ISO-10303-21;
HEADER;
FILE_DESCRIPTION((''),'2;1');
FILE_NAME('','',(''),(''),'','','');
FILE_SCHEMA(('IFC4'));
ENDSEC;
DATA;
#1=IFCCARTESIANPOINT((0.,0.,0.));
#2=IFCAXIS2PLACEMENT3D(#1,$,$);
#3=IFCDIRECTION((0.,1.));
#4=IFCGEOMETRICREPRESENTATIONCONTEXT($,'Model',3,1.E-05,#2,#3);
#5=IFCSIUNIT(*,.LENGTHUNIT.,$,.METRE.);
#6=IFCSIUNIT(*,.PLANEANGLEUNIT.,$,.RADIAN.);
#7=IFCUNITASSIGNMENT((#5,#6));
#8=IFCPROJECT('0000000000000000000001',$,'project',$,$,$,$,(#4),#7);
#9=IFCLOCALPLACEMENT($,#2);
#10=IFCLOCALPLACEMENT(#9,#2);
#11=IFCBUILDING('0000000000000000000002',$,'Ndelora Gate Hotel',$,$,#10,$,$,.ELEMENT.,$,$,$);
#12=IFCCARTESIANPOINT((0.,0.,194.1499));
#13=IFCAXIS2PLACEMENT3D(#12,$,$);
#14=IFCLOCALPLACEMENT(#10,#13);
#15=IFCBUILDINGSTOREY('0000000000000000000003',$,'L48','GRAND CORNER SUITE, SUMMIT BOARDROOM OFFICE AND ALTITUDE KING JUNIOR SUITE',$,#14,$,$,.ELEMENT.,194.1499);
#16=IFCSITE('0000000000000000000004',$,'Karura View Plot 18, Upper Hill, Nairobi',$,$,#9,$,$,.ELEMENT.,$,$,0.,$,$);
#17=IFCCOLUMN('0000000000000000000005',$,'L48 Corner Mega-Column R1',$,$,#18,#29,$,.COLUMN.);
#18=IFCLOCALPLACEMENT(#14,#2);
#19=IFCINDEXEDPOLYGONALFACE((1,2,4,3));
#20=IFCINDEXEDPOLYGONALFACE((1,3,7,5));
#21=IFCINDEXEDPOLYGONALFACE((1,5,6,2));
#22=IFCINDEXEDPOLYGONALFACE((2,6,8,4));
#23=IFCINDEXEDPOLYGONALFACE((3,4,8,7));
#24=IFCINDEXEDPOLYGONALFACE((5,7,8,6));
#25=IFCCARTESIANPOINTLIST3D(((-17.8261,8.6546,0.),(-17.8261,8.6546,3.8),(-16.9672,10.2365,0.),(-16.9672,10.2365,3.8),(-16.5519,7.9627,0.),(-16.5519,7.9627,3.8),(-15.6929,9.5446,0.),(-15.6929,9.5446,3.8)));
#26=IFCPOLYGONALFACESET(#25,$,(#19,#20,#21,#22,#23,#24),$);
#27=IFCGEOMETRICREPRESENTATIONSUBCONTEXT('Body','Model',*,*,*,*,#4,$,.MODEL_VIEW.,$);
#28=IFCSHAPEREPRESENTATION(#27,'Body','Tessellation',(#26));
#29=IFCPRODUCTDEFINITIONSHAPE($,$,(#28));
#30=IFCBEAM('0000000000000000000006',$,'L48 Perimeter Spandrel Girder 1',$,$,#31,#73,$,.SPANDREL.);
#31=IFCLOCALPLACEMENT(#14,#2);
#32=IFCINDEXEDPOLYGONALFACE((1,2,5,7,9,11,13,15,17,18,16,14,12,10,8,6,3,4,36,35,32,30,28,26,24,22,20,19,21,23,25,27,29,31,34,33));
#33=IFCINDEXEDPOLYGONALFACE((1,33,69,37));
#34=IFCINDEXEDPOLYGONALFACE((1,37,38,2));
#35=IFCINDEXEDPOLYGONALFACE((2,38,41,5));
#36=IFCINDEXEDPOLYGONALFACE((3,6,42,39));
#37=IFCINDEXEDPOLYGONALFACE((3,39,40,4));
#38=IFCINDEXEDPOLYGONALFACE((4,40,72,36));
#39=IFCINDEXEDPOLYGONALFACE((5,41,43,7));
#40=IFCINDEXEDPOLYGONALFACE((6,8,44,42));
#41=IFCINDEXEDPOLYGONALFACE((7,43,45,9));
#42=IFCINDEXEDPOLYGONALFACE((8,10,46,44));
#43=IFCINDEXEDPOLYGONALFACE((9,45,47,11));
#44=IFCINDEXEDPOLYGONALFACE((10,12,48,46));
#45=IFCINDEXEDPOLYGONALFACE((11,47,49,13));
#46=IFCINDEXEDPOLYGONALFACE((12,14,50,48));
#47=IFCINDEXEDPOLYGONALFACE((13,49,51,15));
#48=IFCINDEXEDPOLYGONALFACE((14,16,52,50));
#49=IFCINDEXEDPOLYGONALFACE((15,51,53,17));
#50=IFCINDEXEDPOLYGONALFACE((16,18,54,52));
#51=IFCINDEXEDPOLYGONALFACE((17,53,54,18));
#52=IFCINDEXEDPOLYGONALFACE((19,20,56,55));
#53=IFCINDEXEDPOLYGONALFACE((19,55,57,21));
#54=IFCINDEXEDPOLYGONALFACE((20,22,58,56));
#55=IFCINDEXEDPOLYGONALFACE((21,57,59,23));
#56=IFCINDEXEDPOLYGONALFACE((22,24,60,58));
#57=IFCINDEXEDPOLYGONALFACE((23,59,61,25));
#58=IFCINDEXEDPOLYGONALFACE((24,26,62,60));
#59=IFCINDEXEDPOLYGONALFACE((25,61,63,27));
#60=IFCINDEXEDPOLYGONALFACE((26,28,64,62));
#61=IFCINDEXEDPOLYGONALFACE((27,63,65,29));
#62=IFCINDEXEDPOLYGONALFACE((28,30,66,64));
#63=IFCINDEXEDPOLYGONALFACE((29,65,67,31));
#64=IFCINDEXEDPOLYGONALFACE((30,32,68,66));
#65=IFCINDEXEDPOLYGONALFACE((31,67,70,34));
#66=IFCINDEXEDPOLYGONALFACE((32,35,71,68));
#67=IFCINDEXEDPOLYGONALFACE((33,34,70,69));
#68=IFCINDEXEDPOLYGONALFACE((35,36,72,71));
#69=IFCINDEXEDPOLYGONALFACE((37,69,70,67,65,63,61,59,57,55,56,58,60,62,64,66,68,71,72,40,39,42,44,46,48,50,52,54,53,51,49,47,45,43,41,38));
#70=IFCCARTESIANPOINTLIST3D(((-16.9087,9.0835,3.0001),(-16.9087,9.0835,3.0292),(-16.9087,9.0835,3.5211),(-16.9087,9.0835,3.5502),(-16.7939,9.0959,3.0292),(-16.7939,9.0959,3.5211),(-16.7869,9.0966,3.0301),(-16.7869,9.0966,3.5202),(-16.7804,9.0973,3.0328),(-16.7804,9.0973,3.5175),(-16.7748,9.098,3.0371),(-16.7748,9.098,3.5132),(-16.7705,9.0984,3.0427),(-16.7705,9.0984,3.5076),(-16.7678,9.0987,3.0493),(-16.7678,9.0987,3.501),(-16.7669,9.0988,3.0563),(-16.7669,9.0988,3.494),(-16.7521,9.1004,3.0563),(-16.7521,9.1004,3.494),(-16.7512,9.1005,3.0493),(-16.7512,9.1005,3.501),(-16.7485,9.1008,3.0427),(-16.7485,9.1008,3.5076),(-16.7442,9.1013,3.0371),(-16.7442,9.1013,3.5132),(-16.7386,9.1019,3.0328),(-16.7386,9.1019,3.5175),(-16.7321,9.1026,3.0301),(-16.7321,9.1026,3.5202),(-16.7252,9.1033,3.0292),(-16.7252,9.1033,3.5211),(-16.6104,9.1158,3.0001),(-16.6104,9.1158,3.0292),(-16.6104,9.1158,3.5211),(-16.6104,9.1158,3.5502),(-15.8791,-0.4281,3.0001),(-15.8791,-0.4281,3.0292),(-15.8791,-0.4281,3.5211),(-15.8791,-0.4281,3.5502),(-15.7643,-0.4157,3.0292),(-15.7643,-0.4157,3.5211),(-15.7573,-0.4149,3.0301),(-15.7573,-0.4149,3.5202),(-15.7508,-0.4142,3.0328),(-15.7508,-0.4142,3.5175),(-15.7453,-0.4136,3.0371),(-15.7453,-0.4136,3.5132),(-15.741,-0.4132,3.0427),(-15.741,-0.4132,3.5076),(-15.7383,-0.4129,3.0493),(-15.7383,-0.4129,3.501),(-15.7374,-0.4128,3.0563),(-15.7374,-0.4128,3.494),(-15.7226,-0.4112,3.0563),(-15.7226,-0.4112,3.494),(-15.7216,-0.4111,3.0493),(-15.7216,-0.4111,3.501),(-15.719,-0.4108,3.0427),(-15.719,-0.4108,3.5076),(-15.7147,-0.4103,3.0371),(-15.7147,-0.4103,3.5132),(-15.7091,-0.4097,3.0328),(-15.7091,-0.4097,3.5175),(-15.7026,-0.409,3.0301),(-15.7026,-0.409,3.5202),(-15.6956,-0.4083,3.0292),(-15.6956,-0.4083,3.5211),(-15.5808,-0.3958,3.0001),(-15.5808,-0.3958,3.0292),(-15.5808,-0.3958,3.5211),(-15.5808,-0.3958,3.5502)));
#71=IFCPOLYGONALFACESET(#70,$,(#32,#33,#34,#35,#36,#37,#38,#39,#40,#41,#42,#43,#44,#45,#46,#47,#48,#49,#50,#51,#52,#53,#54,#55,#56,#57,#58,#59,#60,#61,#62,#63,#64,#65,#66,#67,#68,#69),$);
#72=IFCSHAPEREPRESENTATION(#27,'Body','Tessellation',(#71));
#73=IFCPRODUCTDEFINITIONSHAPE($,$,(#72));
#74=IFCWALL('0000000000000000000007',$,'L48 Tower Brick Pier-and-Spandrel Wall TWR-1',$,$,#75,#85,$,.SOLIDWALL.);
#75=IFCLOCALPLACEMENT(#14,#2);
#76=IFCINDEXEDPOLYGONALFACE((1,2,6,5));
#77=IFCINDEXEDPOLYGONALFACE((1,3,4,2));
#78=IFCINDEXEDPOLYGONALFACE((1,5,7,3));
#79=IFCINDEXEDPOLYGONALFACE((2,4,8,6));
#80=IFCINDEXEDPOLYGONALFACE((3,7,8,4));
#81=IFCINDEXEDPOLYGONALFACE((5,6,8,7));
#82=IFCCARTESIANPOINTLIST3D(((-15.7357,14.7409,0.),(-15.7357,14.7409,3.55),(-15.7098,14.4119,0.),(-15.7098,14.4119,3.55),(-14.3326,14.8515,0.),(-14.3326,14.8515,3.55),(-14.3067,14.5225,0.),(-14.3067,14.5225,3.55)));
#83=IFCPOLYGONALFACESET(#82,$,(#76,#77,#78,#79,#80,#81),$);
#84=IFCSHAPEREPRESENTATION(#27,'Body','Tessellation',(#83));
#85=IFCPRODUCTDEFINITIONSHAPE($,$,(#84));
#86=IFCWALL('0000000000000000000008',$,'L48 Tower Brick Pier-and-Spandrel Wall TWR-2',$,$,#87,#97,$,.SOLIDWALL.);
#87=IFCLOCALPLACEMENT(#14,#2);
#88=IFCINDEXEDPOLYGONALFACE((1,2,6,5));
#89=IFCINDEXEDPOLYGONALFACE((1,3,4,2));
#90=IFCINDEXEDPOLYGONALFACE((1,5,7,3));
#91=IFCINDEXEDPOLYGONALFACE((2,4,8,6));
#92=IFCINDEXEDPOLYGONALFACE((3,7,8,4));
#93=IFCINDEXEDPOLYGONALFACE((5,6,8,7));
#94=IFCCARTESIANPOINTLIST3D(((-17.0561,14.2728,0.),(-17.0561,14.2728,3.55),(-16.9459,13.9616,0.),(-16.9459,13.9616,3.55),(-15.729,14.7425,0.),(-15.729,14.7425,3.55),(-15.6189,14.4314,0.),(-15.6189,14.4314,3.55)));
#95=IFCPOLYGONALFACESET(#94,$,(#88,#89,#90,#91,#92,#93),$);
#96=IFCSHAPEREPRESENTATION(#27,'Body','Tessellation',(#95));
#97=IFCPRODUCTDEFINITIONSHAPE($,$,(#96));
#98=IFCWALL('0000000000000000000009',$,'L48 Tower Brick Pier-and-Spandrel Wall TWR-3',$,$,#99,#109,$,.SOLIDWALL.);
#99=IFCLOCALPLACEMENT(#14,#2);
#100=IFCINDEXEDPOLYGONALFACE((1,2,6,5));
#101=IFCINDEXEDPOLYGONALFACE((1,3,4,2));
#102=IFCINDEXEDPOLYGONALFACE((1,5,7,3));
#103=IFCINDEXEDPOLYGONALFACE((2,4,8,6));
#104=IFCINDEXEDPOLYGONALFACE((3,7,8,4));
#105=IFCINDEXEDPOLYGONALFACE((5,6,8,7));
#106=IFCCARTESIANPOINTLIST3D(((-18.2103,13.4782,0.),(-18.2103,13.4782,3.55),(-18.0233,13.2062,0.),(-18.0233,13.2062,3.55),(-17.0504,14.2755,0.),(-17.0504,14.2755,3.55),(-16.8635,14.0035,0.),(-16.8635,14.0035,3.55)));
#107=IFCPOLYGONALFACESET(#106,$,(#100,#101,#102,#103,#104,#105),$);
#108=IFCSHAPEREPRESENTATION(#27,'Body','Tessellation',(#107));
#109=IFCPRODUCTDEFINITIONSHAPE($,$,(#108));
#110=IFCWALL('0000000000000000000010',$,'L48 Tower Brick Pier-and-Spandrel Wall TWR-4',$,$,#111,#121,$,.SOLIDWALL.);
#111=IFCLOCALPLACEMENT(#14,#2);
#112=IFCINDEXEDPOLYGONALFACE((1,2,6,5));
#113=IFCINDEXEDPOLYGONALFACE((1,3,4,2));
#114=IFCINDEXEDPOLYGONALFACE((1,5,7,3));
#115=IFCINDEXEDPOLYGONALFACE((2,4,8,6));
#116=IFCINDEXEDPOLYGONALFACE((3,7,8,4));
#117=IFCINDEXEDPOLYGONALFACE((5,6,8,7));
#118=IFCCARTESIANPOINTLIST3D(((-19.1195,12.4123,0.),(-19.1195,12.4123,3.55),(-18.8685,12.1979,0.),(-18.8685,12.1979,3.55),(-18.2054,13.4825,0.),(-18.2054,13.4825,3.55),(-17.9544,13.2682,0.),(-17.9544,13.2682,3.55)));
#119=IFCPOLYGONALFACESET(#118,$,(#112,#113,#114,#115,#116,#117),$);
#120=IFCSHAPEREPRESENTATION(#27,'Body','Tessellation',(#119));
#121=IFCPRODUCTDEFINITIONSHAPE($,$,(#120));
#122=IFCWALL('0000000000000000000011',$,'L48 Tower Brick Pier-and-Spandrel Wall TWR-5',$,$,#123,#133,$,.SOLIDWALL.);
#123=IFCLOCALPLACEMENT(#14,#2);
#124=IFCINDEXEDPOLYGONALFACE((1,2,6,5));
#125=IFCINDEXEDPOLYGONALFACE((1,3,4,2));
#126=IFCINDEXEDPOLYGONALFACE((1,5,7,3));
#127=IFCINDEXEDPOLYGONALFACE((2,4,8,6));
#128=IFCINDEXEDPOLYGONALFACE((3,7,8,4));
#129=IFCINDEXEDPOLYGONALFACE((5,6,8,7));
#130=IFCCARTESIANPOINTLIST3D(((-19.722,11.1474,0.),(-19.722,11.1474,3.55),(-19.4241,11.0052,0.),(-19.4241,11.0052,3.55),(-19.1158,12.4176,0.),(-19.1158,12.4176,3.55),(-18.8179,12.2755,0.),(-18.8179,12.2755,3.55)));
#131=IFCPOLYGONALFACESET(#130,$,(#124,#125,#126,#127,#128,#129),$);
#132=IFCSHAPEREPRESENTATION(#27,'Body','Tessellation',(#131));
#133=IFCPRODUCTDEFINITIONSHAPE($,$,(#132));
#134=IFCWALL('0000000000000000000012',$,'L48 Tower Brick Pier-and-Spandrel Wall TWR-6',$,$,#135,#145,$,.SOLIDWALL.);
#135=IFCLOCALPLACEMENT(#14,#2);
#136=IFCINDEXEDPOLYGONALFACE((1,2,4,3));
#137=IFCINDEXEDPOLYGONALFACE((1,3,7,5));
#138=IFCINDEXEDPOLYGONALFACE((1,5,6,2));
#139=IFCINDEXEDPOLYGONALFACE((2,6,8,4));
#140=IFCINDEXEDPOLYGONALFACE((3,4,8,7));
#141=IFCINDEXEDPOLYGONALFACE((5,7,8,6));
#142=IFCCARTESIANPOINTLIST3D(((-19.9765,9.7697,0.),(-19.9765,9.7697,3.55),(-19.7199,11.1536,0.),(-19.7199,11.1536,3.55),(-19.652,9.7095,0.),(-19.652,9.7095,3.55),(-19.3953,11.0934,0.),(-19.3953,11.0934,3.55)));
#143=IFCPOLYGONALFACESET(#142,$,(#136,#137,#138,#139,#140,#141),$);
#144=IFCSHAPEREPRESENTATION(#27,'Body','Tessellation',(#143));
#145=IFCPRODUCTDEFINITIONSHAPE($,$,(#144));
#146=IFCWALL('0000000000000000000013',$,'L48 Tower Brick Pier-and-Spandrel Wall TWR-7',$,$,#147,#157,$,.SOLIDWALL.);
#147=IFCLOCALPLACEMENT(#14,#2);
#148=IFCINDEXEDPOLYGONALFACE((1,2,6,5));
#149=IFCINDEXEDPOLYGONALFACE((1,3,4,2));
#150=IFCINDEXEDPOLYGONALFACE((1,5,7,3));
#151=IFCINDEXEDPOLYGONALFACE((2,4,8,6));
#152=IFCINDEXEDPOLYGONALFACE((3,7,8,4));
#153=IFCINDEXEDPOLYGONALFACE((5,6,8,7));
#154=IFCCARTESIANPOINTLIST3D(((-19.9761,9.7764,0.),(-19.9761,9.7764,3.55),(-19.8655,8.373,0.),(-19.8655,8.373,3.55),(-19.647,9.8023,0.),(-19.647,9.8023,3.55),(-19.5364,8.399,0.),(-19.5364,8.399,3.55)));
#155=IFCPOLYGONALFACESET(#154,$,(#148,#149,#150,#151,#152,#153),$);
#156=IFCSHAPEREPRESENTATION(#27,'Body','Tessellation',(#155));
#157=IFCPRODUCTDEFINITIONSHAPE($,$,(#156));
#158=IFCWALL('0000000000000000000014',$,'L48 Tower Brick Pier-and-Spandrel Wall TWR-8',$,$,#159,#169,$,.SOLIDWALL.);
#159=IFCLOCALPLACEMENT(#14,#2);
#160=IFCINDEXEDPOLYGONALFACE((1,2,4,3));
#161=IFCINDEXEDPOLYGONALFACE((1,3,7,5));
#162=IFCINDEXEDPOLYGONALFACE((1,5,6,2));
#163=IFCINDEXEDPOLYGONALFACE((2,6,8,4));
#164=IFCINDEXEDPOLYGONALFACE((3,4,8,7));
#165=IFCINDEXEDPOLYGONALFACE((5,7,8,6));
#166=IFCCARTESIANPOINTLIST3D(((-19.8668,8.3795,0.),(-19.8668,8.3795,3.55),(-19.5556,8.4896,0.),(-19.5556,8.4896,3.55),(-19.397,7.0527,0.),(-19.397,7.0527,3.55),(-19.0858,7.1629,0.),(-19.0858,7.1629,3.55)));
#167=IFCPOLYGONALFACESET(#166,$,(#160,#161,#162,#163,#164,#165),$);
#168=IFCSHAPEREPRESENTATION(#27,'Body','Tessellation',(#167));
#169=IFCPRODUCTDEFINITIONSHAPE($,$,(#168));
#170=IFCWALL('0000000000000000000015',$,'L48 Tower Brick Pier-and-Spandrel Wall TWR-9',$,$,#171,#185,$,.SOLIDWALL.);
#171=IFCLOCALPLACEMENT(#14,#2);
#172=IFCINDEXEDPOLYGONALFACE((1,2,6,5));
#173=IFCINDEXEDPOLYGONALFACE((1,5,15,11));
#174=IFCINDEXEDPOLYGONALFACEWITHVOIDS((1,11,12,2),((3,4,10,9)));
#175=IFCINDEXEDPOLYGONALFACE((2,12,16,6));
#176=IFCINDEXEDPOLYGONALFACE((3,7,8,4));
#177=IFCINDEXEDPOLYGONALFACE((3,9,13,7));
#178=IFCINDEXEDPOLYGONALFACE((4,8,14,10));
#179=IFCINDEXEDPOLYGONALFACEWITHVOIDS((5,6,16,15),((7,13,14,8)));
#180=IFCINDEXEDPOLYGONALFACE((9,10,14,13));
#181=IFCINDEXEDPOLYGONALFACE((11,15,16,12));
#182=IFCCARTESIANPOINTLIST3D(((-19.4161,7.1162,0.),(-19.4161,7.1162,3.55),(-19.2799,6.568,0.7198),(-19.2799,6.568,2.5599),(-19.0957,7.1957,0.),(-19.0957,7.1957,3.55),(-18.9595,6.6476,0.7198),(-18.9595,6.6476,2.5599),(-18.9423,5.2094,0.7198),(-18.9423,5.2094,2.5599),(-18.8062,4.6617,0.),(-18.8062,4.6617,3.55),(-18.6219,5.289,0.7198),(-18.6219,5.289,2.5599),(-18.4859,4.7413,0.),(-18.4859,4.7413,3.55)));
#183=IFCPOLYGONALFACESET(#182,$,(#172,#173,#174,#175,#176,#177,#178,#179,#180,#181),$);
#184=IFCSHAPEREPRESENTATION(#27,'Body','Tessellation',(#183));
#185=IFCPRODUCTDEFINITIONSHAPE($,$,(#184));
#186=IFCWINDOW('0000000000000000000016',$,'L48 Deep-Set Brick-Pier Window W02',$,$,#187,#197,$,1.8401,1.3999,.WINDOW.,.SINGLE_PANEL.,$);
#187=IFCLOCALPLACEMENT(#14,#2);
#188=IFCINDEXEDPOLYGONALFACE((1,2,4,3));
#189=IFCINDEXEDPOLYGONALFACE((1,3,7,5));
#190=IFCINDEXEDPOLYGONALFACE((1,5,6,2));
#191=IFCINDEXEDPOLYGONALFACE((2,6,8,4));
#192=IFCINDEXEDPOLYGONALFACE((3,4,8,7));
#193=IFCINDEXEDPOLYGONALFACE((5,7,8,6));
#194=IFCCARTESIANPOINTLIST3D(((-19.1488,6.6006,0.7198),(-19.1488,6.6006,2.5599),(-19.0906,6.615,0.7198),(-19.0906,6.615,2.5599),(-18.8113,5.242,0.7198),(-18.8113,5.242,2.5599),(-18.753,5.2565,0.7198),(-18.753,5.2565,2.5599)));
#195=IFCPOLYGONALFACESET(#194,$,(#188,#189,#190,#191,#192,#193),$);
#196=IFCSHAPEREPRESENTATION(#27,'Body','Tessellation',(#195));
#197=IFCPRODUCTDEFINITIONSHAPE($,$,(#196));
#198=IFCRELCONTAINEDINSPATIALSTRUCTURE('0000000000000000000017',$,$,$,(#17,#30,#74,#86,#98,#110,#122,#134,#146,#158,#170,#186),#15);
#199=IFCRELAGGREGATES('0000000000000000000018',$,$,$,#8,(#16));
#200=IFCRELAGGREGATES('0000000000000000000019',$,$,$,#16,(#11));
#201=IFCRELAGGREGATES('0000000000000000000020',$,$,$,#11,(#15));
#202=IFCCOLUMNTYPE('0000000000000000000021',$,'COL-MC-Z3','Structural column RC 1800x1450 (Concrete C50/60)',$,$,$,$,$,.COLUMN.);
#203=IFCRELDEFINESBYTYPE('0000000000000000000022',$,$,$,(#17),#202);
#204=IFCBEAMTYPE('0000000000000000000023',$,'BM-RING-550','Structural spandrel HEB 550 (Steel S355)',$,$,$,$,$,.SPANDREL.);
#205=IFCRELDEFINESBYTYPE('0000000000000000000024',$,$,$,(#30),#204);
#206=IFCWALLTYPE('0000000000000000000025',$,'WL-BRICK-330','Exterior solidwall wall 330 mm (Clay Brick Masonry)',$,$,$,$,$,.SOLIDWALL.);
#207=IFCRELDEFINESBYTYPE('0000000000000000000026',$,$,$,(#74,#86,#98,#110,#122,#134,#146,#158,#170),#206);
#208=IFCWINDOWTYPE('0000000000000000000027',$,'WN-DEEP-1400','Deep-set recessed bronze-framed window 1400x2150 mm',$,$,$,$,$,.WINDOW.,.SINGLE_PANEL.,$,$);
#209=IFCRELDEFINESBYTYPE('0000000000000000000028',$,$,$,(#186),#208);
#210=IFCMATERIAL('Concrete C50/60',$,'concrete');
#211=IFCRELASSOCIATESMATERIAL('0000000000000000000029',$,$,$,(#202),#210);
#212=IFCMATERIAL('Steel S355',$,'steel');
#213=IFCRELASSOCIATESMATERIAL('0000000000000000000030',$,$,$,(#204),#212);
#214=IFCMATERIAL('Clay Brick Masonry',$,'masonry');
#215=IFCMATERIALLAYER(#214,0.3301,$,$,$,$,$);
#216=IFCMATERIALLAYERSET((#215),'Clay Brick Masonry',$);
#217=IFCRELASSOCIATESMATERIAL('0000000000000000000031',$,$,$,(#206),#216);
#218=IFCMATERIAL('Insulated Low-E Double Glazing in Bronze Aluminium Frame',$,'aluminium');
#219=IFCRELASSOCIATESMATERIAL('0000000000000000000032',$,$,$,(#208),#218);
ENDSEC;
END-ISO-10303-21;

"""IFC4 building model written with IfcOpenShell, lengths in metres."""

from ifc_helpers import new_model, si_unit, direction, frame, frame_2d, origin, origin_2d, place, context, subcontext, project, spatial, rectangle, i_section, extrude, material, layer, layer_set, material_profile, profile_set, type_object, element, fill, save


model = new_model("IFC4")

# Units and contexts
model_context = context("Model", 3, precision=1e-05, world=origin(), true_north=direction((0.0, 1.0)))
body_context = subcontext(model_context, "Body", "Model", "MODEL_VIEW")
ifc_project = project(units=[si_unit("LENGTHUNIT", "METRE"), si_unit("PLANEANGLEUNIT", "RADIAN")], contexts=[model_context])

# Site, building, storey
site_placement = place(None, origin())
site = spatial("IfcSite", under=ifc_project, at=site_placement, Name="Karura View Plot 18, Upper Hill, Nairobi", CompositionType="ELEMENT", RefElevation=0.0)
building_placement = place(site_placement, origin())
building = spatial("IfcBuilding", under=site, at=building_placement, Name="Ndelora Gate Hotel", CompositionType="ELEMENT")
storey_placement = place(building_placement, frame((0.0, 0.0, 194.1499)))
storey = spatial("IfcBuildingStorey", under=building, at=storey_placement, Name="L48", Description="GRAND CORNER SUITE, SUMMIT BOARDROOM OFFICE AND ALTITUDE KING JUNIOR SUITE", CompositionType="ELEMENT", Elevation=194.1499)

# Column
ifc_material_1 = material(Name="Concrete C50/60", Category="concrete")
ifc_material_profile_1 = material_profile(ifc_material_1, rectangle(XDim=1.45, YDim=1.8, at=origin_2d()), Name="RC 1800x1450")
ifc_profile_set_1 = profile_set([ifc_material_profile_1], Name="Concrete C50/60")
column_type = type_object("IfcColumnType", Name="COL-MC-Z3", Description="Structural column RC 1800x1450 (Concrete C50/60)", PredefinedType="COLUMN", material=ifc_profile_set_1)
column_placement = place(storey_placement, frame((-16.7595, 9.0996, 0.0), z_axis=(0.0, 0.0, 1.0), x_axis=(-0.878817, 0.477159, 0.0)))
element("IfcColumn", 1, at=column_placement, inside=storey, type_object=column_type, Name="L48 Corner Mega-Column R1", PredefinedType="COLUMN", context=body_context, shape_type="SweptSolid", body=[
    extrude(rectangle(XDim=1.45, YDim=1.8, at=origin_2d()), origin(), (0.0, 0.0, 1.0), 3.8),
])

# Beam
ifc_material_2 = material(Name="Steel S355", Category="steel")
ifc_material_profile_2 = material_profile(ifc_material_2, i_section(OverallWidth=0.3, OverallDepth=0.55, WebThickness=0.0149, FlangeThickness=0.0291, FilletRadius=0.0271, at=origin_2d()), Name="HEB 550")
ifc_profile_set_2 = profile_set([ifc_material_profile_2], Name="Steel S355")
beam_type = type_object("IfcBeamType", Name="BM-RING-550", Description="Structural spandrel HEB 550 (Steel S355)", PredefinedType="SPANDREL", material=ifc_profile_set_2)
beam_placement = place(storey_placement, frame((-16.7595, 9.0996, 3.2751), z_axis=(0.107613, -0.994193, 0.0), x_axis=(0.994193, 0.107613, 0.0)))
element("IfcBeam", 2, at=beam_placement, inside=storey, type_object=beam_type, Name="L48 Perimeter Spandrel Girder 1", PredefinedType="SPANDREL", context=body_context, shape_type="SweptSolid", body=[
    extrude(i_section(OverallWidth=0.3, OverallDepth=0.55, WebThickness=0.0149, FlangeThickness=0.0291, FilletRadius=0.0271, at=origin_2d()), origin(), (0.0, 0.0, 1.0), 9.5671),
])

# Walls
ifc_material_3 = material(Name="Clay Brick Masonry", Category="masonry")
ifc_layer_1 = layer(ifc_material_3, 0.3301)
ifc_layer_set_1 = layer_set([ifc_layer_1], Name="Clay Brick Masonry")
wall_type = type_object("IfcWallType", Name="WL-BRICK-330", Description="Exterior solidwall wall 330 mm (Clay Brick Masonry)", PredefinedType="SOLIDWALL", material=ifc_layer_set_1)
wall_1_placement = place(storey_placement, frame((-15.7227, 14.5764, 0.0), z_axis=(0.0, 0.0, 1.0), x_axis=(0.996908, 0.07858, 0.0)))
element("IfcWall", 3, at=wall_1_placement, inside=storey, type_object=wall_type, Name="L48 Tower Brick Pier-and-Spandrel Wall TWR-1", PredefinedType="SOLIDWALL", context=body_context, shape_type="SweptSolid", body=[
    extrude(rectangle(XDim=1.4075, YDim=0.3301, at=frame_2d((0.7036, 0.0))), origin(), (0.0, 0.0, 1.0), 3.55),
])
wall_2_placement = place(storey_placement, frame((-17.001, 14.1172, 0.0), z_axis=(0.0, 0.0, 1.0), x_axis=(0.942676, 0.333709, 0.0)))
element("IfcWall", 4, at=wall_2_placement, inside=storey, type_object=wall_type, Name="L48 Tower Brick Pier-and-Spandrel Wall TWR-2", PredefinedType="SOLIDWALL", context=body_context, shape_type="SweptSolid", body=[
    extrude(rectangle(XDim=1.4077, YDim=0.3301, at=frame_2d((0.7039, 0.0))), origin(), (0.0, 0.0, 1.0), 3.55),
])
for number, where, z_axis, x_axis, name in (
    (5, (-18.1167, 13.3423, 0.0), (0.0, 0.0, 1.0), (0.824067, 0.566492, 0.0), "L48 Tower Brick Pier-and-Spandrel Wall TWR-3"),
    (6, (-18.9939, 12.3052, 0.0), (0.0, 0.0, 1.0), (0.649419, 0.760431, 0.0), "L48 Tower Brick Pier-and-Spandrel Wall TWR-4"),
    (7, (-19.573, 11.0764, 0.0), (0.0, 0.0, 1.0), (0.430694, 0.902498, 0.0), "L48 Tower Brick Pier-and-Spandrel Wall TWR-5"),
    (8, (-19.8142, 9.7397, 0.0), (0.0, 0.0, 1.0), (0.182319, 0.983239, 0.0), "L48 Tower Brick Pier-and-Spandrel Wall TWR-6"),
):
    element("IfcWall", number, at=place(storey_placement, frame(where, z_axis=z_axis, x_axis=x_axis)), inside=storey, type_object=wall_type, Name=name, PredefinedType="SOLIDWALL", context=body_context, shape_type="SweptSolid", body=[
        extrude(rectangle(XDim=1.4075, YDim=0.3301, at=frame_2d((0.7036, 0.0))), origin(), (0.0, 0.0, 1.0), 3.55),
    ])
wall_3_placement = place(storey_placement, frame((-19.7009, 8.386, 0.0), z_axis=(0.0, 0.0, 1.0), x_axis=(-0.078566, 0.996909, 0.0)))
element("IfcWall", 9, at=wall_3_placement, inside=storey, type_object=wall_type, Name="L48 Tower Brick Pier-and-Spandrel Wall TWR-7", PredefinedType="SOLIDWALL", context=body_context, shape_type="SweptSolid", body=[
    extrude(rectangle(XDim=1.4077, YDim=0.3301, at=frame_2d((0.7039, 0.0))), origin(), (0.0, 0.0, 1.0), 3.55),
])
wall_4_placement = place(storey_placement, frame((-19.2415, 7.1079, 0.0), z_axis=(0.0, 0.0, 1.0), x_axis=(-0.333764, 0.942657, 0.0)))
element("IfcWall", 10, at=wall_4_placement, inside=storey, type_object=wall_type, Name="L48 Tower Brick Pier-and-Spandrel Wall TWR-8", PredefinedType="SOLIDWALL", context=body_context, shape_type="SweptSolid", body=[
    extrude(rectangle(XDim=1.4075, YDim=0.3301, at=frame_2d((0.7036, 0.0))), origin(), (0.0, 0.0, 1.0), 3.55),
])

# Wall, opening, window
wall_5_placement = place(storey_placement, frame((-18.646, 4.7014, 0.0), z_axis=(0.0, 0.0, 1.0), x_axis=(-0.24115, 0.970488, 0.0)))
wall_5 = element("IfcWall", 11, at=wall_5_placement, inside=storey, type_object=wall_type, Name="L48 Tower Brick Pier-and-Spandrel Wall TWR-9", PredefinedType="SOLIDWALL", context=body_context, shape_type="SweptSolid", body=[
    extrude(rectangle(XDim=2.5291, YDim=0.3301, at=frame_2d((1.2646, 0.0))), origin(), (0.0, 0.0, 1.0), 3.55),
])
opening_1_placement = place(wall_5_placement, frame((0.5645, 0.0, 0.72)))
opening_1 = element("IfcOpeningElement", 12, at=opening_1_placement, cuts=wall_5, PredefinedType="OPENING", context=body_context, shape_type="SweptSolid", body=[
    extrude(rectangle(XDim=1.3999, YDim=1.8401, at=frame_2d((0.7, 0.9199))), frame((0.0, 0.175, 0.0), z_axis=(0.0, -1.0, 0.0), x_axis=(1.0, 0.0, 0.0)), (0.0, 0.0, 1.0), 0.3501),
])
ifc_material_4 = material(Name="Insulated Low-E Double Glazing in Bronze Aluminium Frame", Category="aluminium")
window_type = type_object("IfcWindowType", Name="WN-DEEP-1400", Description="Deep-set recessed bronze-framed window 1400x2150 mm", PartitioningType="SINGLE_PANEL", PredefinedType="WINDOW", material=ifc_material_4)
window_1_placement = place(opening_1_placement, origin())
window_1 = element("IfcWindow", 13, at=window_1_placement, inside=storey, type_object=window_type, Name="L48 Deep-Set Brick-Pier Window W02", OverallHeight=1.8401, OverallWidth=1.3999, PartitioningType="SINGLE_PANEL", PredefinedType="WINDOW", context=body_context, shape_type="SweptSolid", body=[
    extrude(rectangle(XDim=1.3999, YDim=1.8401, at=frame_2d((0.7, 0.9199))), frame((0.0, 0.03, 0.0), z_axis=(0.0, -1.0, 0.0), x_axis=(1.0, 0.0, 0.0)), (0.0, 0.0, 1.0), 0.0601),
])
fill(opening_1, window_1)

save(model, "model.ifc")
